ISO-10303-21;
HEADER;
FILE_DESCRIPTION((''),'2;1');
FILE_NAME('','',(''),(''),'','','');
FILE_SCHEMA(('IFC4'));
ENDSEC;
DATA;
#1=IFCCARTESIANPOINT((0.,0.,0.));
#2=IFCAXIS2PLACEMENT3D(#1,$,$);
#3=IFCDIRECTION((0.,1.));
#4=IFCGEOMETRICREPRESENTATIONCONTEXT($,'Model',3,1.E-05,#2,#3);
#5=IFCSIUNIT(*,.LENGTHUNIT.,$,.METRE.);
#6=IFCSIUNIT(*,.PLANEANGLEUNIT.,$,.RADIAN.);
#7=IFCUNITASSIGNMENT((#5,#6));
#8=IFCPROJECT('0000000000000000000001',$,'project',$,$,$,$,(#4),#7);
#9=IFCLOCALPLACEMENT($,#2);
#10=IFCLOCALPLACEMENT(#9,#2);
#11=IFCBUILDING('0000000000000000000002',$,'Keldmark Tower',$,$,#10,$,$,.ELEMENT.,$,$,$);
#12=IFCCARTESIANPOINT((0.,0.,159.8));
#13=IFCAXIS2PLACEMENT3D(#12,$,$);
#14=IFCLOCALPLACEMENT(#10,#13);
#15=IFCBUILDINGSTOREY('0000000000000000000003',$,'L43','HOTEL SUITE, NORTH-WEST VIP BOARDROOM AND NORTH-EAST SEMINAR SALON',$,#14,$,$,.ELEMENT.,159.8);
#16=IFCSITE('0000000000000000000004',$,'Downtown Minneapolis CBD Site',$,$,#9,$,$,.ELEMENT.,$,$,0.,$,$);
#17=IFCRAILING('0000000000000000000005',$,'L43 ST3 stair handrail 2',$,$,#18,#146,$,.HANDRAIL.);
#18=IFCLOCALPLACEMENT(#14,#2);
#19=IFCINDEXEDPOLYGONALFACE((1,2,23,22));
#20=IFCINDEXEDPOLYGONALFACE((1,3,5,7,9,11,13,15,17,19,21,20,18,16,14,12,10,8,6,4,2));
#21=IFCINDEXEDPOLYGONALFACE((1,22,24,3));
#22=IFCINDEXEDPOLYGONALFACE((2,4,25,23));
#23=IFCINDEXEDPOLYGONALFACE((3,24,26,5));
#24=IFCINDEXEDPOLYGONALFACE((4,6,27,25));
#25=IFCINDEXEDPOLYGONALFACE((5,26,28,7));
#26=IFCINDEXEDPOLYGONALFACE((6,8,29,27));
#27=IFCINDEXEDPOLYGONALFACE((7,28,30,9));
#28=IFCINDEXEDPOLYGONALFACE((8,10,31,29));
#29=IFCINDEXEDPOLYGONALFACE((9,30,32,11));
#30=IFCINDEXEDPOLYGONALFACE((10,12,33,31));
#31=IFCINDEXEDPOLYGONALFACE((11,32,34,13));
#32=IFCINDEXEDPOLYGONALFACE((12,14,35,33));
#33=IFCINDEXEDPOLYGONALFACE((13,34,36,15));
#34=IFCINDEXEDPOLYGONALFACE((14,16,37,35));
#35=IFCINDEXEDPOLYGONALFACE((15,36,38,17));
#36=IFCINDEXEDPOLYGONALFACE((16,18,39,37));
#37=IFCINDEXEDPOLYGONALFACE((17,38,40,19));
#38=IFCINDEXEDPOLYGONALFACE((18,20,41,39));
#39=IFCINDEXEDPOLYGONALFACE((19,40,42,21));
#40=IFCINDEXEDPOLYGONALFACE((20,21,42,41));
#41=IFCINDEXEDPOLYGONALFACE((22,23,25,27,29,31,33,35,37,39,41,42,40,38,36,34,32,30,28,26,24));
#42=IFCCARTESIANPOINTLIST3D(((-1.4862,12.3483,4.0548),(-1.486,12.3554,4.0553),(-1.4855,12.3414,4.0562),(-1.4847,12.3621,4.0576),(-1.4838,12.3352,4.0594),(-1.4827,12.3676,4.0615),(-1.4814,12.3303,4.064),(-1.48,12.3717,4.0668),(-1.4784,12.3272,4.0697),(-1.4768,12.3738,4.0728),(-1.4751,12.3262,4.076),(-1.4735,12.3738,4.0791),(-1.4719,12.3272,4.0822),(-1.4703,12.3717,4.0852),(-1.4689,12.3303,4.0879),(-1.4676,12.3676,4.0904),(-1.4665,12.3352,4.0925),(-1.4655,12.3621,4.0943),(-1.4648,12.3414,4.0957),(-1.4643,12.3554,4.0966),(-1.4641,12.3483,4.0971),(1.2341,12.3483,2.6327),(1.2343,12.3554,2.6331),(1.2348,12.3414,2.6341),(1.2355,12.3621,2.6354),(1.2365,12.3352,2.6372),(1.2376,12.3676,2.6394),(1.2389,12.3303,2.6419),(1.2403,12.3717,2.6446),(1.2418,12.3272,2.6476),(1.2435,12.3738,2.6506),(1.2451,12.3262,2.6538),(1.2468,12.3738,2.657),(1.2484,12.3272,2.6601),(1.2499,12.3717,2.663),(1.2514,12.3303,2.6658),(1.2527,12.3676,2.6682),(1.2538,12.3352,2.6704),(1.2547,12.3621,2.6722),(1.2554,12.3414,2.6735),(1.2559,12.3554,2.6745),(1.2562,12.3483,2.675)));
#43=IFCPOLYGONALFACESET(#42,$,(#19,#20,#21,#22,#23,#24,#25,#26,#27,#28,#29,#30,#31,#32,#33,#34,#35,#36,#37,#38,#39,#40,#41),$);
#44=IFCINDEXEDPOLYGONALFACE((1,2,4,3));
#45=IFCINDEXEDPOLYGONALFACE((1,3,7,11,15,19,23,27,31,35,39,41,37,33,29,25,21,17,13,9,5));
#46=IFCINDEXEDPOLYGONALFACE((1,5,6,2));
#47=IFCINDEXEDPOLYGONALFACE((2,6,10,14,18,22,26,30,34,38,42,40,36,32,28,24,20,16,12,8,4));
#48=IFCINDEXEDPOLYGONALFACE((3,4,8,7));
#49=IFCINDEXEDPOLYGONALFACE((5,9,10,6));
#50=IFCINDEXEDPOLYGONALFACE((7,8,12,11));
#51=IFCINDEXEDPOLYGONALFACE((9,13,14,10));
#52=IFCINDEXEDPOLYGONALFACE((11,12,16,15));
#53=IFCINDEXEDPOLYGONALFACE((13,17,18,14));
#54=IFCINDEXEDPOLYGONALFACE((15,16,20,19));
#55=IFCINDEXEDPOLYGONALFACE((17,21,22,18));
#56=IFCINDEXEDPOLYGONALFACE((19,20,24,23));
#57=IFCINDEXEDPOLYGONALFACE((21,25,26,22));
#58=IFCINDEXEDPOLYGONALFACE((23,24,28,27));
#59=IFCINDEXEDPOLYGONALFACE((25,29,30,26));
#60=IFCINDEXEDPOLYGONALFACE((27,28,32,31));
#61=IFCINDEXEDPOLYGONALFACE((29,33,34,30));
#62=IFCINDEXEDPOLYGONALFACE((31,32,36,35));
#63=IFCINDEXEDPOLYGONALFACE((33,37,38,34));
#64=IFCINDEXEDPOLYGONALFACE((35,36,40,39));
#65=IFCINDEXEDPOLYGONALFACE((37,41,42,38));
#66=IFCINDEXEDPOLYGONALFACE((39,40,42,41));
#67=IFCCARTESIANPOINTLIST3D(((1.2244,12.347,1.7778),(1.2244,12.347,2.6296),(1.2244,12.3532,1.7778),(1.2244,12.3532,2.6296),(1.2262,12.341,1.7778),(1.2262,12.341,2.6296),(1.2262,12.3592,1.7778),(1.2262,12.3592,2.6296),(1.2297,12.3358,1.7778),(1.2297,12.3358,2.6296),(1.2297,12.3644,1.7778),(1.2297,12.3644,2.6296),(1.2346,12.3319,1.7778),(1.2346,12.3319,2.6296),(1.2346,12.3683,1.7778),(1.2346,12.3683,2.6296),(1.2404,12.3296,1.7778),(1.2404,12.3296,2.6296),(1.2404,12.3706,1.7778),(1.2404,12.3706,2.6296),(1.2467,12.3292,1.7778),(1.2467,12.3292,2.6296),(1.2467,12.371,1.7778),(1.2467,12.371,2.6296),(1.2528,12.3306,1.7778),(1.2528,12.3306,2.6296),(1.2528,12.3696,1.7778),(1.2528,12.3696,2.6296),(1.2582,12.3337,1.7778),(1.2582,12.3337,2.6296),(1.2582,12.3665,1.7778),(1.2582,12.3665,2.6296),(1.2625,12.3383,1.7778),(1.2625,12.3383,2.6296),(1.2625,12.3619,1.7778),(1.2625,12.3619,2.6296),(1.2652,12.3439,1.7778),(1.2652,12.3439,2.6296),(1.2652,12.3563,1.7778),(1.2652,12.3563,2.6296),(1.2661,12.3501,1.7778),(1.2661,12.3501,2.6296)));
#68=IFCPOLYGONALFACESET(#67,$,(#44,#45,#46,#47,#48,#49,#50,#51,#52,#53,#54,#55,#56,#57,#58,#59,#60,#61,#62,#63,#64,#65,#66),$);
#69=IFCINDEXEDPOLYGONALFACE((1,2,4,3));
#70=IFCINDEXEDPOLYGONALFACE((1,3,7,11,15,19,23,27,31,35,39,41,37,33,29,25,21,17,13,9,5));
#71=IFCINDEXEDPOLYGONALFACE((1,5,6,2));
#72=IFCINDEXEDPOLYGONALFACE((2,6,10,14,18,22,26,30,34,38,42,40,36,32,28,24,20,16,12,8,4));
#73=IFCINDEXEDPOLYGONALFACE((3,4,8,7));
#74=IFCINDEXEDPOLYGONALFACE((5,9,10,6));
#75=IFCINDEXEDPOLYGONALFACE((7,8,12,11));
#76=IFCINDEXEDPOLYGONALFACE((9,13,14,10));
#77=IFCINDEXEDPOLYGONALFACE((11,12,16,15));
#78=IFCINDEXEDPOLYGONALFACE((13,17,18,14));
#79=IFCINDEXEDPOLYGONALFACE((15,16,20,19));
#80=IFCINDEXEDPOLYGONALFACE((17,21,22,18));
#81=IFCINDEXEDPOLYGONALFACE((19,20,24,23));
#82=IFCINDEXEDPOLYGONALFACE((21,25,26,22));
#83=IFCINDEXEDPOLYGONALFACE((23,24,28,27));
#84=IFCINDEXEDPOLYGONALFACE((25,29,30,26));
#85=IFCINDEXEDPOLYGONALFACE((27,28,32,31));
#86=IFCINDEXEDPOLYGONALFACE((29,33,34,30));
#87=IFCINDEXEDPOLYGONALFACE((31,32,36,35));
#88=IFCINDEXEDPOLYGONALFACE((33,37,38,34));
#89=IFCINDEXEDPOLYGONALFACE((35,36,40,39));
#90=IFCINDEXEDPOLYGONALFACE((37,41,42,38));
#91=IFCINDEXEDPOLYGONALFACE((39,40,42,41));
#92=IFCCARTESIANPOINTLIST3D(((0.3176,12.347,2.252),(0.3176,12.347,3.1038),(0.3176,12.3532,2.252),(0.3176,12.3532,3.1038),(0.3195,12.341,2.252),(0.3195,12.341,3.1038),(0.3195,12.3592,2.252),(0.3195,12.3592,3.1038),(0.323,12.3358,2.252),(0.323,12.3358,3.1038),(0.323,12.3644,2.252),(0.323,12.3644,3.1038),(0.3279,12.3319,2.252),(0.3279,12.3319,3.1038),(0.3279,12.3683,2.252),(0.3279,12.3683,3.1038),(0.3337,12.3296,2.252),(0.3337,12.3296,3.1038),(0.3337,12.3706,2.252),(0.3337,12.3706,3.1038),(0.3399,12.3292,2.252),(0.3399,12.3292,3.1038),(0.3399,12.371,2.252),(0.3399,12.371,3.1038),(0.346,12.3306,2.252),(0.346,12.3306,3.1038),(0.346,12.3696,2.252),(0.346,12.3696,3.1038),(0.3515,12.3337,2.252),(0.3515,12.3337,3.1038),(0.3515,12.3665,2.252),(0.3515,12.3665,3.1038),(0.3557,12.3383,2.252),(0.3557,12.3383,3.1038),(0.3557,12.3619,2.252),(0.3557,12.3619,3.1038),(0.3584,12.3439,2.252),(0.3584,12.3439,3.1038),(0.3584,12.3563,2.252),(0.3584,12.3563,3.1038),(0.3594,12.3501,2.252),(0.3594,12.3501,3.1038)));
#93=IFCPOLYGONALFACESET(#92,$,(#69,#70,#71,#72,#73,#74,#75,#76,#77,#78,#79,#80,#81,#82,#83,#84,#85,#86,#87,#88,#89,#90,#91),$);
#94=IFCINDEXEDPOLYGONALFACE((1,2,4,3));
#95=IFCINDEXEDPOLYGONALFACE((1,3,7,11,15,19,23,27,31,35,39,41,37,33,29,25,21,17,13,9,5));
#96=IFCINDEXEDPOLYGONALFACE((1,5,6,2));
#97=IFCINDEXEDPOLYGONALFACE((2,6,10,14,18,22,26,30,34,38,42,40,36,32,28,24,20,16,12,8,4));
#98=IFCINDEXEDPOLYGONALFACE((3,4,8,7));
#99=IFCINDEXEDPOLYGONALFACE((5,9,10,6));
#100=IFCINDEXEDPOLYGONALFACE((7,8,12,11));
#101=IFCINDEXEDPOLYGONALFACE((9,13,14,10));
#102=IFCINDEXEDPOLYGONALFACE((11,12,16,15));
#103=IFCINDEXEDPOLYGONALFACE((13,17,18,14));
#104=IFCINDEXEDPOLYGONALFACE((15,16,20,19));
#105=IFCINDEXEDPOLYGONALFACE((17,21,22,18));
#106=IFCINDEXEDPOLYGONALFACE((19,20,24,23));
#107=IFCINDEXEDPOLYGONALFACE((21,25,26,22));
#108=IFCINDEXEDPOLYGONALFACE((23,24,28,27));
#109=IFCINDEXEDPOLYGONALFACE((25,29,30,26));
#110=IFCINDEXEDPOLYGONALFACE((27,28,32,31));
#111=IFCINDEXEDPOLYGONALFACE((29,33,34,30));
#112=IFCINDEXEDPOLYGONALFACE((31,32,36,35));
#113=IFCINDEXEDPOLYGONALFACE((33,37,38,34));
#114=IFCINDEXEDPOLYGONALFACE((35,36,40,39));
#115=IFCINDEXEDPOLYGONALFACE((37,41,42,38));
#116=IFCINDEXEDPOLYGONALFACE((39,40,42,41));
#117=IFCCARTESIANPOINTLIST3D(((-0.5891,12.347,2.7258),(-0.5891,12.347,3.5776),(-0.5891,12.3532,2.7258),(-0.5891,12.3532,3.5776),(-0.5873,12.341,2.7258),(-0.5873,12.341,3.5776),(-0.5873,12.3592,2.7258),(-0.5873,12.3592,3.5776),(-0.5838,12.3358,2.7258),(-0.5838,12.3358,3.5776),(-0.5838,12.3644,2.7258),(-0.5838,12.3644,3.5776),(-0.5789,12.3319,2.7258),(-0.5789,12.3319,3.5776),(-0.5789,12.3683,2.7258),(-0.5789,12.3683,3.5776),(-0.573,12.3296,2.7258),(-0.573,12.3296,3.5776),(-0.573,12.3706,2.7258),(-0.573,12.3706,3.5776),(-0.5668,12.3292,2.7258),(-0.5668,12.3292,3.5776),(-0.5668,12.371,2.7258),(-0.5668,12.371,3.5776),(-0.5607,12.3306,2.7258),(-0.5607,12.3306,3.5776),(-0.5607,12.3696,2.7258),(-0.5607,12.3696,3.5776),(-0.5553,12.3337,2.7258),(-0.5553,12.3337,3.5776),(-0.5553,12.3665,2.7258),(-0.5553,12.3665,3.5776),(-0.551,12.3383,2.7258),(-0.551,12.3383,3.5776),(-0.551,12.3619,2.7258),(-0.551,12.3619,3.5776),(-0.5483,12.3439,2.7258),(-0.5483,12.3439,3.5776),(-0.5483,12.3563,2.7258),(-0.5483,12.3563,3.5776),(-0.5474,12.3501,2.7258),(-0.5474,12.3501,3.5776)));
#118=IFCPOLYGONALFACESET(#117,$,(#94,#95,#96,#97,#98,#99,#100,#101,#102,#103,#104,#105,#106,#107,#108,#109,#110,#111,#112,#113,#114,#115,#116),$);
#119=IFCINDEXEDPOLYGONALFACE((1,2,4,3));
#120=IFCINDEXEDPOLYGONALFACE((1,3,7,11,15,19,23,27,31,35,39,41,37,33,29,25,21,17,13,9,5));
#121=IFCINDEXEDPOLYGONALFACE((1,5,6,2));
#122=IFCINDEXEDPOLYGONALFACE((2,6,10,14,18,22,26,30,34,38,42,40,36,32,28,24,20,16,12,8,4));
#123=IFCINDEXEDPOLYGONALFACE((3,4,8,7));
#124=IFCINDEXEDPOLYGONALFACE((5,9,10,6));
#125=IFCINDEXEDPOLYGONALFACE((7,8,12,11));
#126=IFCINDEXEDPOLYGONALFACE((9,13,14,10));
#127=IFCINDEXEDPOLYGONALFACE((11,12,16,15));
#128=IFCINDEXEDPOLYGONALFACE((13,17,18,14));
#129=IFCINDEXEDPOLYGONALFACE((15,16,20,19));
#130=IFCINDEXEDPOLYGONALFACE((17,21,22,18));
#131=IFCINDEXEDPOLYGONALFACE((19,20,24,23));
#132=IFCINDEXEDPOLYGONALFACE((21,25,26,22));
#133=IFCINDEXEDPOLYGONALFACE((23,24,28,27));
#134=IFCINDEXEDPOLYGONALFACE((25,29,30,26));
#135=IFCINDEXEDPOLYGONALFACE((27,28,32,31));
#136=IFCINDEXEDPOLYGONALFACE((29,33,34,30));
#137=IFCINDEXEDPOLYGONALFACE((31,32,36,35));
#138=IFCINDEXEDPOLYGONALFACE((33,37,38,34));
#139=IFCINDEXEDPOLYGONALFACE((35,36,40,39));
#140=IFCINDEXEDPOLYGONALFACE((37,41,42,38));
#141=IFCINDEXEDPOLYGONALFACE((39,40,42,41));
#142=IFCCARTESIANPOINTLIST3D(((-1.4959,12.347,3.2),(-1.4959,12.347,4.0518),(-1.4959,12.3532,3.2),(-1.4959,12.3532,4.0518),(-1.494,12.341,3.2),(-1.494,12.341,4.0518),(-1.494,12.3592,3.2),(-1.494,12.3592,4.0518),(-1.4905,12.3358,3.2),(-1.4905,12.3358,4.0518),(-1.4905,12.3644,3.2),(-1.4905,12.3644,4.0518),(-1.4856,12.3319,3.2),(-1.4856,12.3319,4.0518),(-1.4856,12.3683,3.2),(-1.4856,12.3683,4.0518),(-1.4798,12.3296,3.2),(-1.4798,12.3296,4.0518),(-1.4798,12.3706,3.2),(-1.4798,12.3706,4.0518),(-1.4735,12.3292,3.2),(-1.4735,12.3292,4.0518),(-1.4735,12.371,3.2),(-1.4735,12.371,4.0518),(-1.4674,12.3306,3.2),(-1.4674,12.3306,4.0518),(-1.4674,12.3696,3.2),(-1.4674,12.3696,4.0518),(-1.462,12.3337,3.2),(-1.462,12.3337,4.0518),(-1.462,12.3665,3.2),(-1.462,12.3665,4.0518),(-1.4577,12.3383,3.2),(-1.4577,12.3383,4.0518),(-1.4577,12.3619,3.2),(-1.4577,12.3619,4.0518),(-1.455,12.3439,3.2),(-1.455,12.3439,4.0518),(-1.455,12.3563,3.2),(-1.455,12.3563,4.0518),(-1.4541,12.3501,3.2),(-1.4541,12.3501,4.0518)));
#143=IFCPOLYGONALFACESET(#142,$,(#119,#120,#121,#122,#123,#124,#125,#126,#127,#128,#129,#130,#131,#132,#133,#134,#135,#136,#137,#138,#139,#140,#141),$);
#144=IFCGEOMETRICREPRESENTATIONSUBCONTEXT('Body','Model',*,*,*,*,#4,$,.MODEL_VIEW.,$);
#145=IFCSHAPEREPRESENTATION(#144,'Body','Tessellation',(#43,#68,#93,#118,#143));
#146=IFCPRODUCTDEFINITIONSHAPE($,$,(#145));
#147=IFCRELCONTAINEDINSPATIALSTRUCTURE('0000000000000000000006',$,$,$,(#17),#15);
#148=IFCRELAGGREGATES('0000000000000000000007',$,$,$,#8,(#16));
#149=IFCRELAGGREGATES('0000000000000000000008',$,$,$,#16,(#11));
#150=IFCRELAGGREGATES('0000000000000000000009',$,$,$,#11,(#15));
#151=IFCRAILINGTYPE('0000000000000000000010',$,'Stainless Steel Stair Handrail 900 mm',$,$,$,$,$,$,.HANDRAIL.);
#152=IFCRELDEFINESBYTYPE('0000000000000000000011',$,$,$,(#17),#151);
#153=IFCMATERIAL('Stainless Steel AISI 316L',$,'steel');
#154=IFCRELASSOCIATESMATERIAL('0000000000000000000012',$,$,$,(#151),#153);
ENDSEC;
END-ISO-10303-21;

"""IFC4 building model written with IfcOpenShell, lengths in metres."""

from ifc_helpers import new_model, si_unit, direction, frame, origin, origin_2d, place, context, subcontext, project, spatial, circle, extrude, material, type_object, element, save


model = new_model("IFC4")

# Units and contexts
model_context = context("Model", 3, precision=1e-05, world=origin(), true_north=direction((0.0, 1.0)))
body_context = subcontext(model_context, "Body", "Model", "MODEL_VIEW")
ifc_project = project(units=[si_unit("LENGTHUNIT", "METRE"), si_unit("PLANEANGLEUNIT", "RADIAN")], contexts=[model_context])

# Site, building, storey
site_placement = place(None, origin())
site = spatial("IfcSite", under=ifc_project, at=site_placement, Name="Downtown Minneapolis CBD Site", CompositionType="ELEMENT", RefElevation=0.0)
building_placement = place(site_placement, origin())
building = spatial("IfcBuilding", under=site, at=building_placement, Name="Keldmark Tower", CompositionType="ELEMENT")
storey_placement = place(building_placement, frame((0.0, 0.0, 159.8)))
storey = spatial("IfcBuildingStorey", under=building, at=storey_placement, Name="L43", Description="HOTEL SUITE, NORTH-WEST VIP BOARDROOM AND NORTH-EAST SEMINAR SALON", CompositionType="ELEMENT", Elevation=159.8)

# Railing
ifc_material_1 = material(Name="Stainless Steel AISI 316L", Category="steel")
railing_type_1 = type_object("IfcRailingType", Name="Stainless Steel Stair Handrail 900 mm", PredefinedType="HANDRAIL", material=ifc_material_1)
railing_1_placement = place(storey_placement, frame((1.2451, 12.3501, 1.7778)))
element("IfcRailing", 1, at=railing_1_placement, inside=storey, type_object=railing_type_1, Name="L43 ST3 stair handrail 2", PredefinedType="HANDRAIL", context=body_context, shape_type="SweptSolid", body=[
    extrude(circle(Radius=0.0239, at=origin_2d()), frame((0.0, 0.0, 0.876), z_axis=(-0.8862, 0.0, 0.463302), x_axis=(0.0, -1.0, 0.0)), (0.0, 0.0, 1.0), 3.0696),
    extrude(circle(Radius=0.021, at=origin_2d()), origin(), (0.0, 0.0, 1.0), 0.8518),
    extrude(circle(Radius=0.021, at=origin_2d()), frame((-0.9067, 0.0, 0.4741)), (0.0, 0.0, 1.0), 0.8518),
    extrude(circle(Radius=0.021, at=origin_2d()), frame((-1.8135, 0.0, 0.948)), (0.0, 0.0, 1.0), 0.8518),
    extrude(circle(Radius=0.021, at=origin_2d()), frame((-2.7202, 0.0, 1.4221)), (0.0, 0.0, 1.0), 0.8518),
])

save(model, "model.ifc")
